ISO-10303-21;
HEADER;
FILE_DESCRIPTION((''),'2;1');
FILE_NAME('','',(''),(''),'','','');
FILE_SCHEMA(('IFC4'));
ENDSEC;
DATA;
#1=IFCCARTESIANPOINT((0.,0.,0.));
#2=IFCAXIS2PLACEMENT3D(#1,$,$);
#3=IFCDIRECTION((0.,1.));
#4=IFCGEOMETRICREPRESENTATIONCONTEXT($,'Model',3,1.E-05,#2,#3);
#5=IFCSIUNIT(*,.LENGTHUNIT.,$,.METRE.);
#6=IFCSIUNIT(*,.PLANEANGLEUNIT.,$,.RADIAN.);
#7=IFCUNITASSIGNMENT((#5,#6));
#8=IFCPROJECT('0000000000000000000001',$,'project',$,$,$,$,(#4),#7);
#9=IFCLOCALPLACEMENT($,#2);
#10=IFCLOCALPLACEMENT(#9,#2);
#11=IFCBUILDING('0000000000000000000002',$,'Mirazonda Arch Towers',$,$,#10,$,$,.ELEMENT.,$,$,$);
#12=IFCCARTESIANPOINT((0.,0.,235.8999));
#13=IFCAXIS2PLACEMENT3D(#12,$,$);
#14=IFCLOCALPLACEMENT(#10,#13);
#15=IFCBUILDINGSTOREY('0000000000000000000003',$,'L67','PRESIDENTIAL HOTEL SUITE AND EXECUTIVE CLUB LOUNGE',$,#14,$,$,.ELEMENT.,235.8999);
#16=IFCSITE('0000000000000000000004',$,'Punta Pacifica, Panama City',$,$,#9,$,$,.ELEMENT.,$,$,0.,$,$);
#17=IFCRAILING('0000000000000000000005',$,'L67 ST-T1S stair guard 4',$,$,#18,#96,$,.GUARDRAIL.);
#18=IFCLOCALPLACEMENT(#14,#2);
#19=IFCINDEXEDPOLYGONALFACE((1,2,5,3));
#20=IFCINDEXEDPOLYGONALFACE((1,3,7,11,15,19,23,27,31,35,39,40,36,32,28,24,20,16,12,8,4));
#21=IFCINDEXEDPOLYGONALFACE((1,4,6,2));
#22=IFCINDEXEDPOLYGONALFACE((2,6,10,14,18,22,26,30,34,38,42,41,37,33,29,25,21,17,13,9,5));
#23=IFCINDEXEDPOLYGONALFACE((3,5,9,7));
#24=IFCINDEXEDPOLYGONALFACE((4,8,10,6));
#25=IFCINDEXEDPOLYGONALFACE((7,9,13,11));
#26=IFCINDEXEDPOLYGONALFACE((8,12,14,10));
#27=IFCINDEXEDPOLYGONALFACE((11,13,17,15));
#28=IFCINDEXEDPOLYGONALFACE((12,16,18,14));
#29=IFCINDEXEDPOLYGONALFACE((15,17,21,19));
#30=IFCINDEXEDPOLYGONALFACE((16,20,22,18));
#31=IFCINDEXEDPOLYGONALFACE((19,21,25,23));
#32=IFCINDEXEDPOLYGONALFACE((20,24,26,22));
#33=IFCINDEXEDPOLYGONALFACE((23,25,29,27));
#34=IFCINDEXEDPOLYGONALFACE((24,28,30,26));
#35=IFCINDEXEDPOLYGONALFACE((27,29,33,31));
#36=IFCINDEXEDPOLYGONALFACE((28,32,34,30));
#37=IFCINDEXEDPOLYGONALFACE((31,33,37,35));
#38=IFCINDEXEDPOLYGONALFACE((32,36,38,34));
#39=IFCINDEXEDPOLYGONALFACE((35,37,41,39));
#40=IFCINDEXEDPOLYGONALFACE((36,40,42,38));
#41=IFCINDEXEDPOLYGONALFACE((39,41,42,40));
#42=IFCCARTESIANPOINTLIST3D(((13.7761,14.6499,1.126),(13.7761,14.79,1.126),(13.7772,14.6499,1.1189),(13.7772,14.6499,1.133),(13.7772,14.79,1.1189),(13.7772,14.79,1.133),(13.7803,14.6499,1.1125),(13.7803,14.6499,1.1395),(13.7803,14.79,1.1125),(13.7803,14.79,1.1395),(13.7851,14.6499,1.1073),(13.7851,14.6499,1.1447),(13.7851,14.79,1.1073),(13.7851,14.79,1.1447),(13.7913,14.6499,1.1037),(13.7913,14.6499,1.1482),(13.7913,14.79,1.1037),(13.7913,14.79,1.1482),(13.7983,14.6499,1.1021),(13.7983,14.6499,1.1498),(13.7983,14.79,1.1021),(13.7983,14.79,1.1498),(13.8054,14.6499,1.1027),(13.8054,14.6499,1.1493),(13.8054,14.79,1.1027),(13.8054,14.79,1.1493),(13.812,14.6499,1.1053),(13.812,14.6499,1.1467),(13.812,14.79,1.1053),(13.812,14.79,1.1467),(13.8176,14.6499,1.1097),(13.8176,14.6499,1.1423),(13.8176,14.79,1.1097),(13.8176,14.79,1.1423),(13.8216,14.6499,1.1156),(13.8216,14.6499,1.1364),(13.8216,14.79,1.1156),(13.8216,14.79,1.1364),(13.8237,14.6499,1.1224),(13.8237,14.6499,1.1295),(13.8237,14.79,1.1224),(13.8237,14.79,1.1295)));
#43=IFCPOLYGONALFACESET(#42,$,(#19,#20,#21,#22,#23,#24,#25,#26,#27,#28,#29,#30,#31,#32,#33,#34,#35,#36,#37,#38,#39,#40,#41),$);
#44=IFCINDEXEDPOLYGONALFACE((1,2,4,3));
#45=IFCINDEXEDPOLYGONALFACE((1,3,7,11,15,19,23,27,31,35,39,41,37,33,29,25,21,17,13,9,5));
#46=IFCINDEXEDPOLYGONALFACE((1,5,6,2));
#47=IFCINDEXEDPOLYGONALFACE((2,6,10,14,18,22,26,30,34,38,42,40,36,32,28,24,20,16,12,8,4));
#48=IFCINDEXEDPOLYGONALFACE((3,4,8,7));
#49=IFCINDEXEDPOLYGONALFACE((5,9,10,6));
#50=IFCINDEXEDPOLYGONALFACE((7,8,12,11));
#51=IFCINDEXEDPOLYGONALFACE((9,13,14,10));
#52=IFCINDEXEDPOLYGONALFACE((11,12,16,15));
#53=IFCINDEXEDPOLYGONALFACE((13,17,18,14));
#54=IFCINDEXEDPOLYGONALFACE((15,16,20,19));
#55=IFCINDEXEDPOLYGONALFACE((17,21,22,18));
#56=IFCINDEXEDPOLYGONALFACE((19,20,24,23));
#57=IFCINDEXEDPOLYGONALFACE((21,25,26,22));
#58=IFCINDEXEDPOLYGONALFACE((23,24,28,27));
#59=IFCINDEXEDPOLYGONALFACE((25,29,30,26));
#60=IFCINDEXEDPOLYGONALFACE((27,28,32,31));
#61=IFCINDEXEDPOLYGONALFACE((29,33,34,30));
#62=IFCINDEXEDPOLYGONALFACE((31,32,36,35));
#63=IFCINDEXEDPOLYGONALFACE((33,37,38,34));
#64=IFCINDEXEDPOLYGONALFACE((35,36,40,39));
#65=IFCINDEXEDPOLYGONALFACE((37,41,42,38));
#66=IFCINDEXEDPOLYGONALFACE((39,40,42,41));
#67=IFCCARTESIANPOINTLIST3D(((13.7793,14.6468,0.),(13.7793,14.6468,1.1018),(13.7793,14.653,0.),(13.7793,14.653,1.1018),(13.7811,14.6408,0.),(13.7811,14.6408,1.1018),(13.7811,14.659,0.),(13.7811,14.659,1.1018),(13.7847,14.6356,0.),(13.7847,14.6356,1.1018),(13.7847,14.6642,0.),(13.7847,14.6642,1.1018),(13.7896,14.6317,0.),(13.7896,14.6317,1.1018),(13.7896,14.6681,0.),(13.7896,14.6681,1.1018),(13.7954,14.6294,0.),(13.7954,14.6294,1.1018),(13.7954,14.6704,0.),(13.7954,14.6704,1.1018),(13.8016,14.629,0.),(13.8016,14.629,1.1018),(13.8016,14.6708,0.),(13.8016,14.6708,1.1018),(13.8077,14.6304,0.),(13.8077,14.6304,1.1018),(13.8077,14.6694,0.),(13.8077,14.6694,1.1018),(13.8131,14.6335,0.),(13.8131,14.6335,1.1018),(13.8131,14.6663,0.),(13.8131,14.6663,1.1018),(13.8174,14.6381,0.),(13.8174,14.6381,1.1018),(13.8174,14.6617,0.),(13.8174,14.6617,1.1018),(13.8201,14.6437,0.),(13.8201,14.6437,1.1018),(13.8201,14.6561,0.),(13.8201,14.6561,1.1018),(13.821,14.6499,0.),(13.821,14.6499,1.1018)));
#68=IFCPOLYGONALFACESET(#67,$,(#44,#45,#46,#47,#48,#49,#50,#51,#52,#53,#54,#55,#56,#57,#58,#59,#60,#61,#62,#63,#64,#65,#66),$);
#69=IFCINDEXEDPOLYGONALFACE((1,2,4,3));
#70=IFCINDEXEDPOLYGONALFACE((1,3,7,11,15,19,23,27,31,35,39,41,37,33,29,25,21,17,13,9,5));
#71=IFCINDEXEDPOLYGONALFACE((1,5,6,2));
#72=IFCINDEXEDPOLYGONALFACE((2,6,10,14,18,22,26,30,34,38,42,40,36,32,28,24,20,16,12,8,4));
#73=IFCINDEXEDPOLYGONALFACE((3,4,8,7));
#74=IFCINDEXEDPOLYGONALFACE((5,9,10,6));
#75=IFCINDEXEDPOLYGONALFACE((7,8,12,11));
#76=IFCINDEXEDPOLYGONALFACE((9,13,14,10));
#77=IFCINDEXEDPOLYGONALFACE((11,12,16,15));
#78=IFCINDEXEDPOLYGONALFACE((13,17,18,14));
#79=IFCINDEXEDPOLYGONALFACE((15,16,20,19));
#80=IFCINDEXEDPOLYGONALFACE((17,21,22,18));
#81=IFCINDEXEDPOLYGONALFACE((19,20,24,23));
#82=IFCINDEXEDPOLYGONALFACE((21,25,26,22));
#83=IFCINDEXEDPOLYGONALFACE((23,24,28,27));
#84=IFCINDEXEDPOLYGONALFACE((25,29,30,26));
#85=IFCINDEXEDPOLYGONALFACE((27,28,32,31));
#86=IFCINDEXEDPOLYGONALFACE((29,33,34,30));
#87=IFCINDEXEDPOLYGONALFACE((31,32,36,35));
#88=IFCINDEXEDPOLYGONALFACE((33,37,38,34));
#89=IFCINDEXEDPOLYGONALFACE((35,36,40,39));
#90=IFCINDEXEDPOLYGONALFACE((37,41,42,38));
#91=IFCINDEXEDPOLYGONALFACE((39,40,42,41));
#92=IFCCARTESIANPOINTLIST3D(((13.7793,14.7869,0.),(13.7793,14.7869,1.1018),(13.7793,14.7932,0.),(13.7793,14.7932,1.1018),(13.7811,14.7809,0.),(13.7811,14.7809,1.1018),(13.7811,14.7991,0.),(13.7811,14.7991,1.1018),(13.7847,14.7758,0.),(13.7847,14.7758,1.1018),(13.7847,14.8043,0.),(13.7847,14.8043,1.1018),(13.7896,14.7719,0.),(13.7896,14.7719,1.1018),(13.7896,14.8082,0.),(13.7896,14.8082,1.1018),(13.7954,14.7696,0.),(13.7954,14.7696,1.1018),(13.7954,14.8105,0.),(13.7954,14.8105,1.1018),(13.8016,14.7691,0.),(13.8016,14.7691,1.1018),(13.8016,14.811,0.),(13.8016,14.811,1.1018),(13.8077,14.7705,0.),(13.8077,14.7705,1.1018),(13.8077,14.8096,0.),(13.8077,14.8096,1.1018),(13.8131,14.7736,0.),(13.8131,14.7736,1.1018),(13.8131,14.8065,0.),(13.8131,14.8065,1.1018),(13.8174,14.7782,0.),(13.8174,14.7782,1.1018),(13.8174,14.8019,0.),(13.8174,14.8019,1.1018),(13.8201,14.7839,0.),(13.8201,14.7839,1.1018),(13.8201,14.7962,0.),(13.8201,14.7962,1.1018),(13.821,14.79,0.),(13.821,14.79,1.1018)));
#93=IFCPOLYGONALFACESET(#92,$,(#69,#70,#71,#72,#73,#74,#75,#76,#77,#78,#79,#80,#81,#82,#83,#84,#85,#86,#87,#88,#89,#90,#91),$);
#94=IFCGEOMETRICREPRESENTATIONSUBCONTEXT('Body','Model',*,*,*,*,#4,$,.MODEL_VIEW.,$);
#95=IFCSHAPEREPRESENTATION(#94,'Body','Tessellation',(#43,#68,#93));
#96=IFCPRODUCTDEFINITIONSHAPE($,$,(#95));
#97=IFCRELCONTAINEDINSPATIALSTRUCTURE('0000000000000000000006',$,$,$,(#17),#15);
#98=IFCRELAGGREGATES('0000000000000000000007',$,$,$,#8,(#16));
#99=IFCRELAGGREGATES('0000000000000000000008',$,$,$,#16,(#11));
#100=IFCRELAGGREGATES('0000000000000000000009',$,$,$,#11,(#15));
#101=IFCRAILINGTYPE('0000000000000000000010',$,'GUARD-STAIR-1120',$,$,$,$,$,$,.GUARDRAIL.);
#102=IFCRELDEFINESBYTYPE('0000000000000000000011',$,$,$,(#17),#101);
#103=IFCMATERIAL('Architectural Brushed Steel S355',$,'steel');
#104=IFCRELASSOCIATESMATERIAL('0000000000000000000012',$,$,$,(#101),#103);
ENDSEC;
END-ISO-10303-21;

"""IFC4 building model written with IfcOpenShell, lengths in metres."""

from ifc_helpers import new_model, si_unit, direction, frame, origin, origin_2d, place, context, subcontext, project, spatial, circle, extrude, material, type_object, element, save


model = new_model("IFC4")

# Units and contexts
model_context = context("Model", 3, precision=1e-05, world=origin(), true_north=direction((0.0, 1.0)))
body_context = subcontext(model_context, "Body", "Model", "MODEL_VIEW")
ifc_project = project(units=[si_unit("LENGTHUNIT", "METRE"), si_unit("PLANEANGLEUNIT", "RADIAN")], contexts=[model_context])

# Site, building, storey
site_placement = place(None, origin())
site = spatial("IfcSite", under=ifc_project, at=site_placement, Name="Punta Pacifica, Panama City", CompositionType="ELEMENT", RefElevation=0.0)
building_placement = place(site_placement, origin())
building = spatial("IfcBuilding", under=site, at=building_placement, Name="Mirazonda Arch Towers", CompositionType="ELEMENT")
storey_placement = place(building_placement, frame((0.0, 0.0, 235.8999)))
storey = spatial("IfcBuildingStorey", under=building, at=storey_placement, Name="L67", Description="PRESIDENTIAL HOTEL SUITE AND EXECUTIVE CLUB LOUNGE", CompositionType="ELEMENT", Elevation=235.8999)

# Railing
ifc_material_1 = material(Name="Architectural Brushed Steel S355", Category="steel")
railing_type_1 = type_object("IfcRailingType", Name="GUARD-STAIR-1120", PredefinedType="GUARDRAIL", material=ifc_material_1)
railing_1_placement = place(storey_placement, frame((13.8, 14.6499, 0.0)))
element("IfcRailing", 1, at=railing_1_placement, inside=storey, type_object=railing_type_1, Name="L67 ST-T1S stair guard 4", PredefinedType="GUARDRAIL", context=body_context, shape_type="SweptSolid", body=[
    extrude(circle(Radius=0.0239, at=origin_2d()), frame((0.0, 0.0, 1.126), z_axis=(0.0, 1.0, 0.0), x_axis=(-1.0, 0.0, 0.0)), (0.0, 0.0, 1.0), 0.1401),
    extrude(circle(Radius=0.021, at=origin_2d()), origin(), (0.0, 0.0, 1.0), 1.1018),
    extrude(circle(Radius=0.021, at=origin_2d()), frame((0.0, 0.1401, 0.0)), (0.0, 0.0, 1.0), 1.1018),
])

save(model, "model.ifc")
